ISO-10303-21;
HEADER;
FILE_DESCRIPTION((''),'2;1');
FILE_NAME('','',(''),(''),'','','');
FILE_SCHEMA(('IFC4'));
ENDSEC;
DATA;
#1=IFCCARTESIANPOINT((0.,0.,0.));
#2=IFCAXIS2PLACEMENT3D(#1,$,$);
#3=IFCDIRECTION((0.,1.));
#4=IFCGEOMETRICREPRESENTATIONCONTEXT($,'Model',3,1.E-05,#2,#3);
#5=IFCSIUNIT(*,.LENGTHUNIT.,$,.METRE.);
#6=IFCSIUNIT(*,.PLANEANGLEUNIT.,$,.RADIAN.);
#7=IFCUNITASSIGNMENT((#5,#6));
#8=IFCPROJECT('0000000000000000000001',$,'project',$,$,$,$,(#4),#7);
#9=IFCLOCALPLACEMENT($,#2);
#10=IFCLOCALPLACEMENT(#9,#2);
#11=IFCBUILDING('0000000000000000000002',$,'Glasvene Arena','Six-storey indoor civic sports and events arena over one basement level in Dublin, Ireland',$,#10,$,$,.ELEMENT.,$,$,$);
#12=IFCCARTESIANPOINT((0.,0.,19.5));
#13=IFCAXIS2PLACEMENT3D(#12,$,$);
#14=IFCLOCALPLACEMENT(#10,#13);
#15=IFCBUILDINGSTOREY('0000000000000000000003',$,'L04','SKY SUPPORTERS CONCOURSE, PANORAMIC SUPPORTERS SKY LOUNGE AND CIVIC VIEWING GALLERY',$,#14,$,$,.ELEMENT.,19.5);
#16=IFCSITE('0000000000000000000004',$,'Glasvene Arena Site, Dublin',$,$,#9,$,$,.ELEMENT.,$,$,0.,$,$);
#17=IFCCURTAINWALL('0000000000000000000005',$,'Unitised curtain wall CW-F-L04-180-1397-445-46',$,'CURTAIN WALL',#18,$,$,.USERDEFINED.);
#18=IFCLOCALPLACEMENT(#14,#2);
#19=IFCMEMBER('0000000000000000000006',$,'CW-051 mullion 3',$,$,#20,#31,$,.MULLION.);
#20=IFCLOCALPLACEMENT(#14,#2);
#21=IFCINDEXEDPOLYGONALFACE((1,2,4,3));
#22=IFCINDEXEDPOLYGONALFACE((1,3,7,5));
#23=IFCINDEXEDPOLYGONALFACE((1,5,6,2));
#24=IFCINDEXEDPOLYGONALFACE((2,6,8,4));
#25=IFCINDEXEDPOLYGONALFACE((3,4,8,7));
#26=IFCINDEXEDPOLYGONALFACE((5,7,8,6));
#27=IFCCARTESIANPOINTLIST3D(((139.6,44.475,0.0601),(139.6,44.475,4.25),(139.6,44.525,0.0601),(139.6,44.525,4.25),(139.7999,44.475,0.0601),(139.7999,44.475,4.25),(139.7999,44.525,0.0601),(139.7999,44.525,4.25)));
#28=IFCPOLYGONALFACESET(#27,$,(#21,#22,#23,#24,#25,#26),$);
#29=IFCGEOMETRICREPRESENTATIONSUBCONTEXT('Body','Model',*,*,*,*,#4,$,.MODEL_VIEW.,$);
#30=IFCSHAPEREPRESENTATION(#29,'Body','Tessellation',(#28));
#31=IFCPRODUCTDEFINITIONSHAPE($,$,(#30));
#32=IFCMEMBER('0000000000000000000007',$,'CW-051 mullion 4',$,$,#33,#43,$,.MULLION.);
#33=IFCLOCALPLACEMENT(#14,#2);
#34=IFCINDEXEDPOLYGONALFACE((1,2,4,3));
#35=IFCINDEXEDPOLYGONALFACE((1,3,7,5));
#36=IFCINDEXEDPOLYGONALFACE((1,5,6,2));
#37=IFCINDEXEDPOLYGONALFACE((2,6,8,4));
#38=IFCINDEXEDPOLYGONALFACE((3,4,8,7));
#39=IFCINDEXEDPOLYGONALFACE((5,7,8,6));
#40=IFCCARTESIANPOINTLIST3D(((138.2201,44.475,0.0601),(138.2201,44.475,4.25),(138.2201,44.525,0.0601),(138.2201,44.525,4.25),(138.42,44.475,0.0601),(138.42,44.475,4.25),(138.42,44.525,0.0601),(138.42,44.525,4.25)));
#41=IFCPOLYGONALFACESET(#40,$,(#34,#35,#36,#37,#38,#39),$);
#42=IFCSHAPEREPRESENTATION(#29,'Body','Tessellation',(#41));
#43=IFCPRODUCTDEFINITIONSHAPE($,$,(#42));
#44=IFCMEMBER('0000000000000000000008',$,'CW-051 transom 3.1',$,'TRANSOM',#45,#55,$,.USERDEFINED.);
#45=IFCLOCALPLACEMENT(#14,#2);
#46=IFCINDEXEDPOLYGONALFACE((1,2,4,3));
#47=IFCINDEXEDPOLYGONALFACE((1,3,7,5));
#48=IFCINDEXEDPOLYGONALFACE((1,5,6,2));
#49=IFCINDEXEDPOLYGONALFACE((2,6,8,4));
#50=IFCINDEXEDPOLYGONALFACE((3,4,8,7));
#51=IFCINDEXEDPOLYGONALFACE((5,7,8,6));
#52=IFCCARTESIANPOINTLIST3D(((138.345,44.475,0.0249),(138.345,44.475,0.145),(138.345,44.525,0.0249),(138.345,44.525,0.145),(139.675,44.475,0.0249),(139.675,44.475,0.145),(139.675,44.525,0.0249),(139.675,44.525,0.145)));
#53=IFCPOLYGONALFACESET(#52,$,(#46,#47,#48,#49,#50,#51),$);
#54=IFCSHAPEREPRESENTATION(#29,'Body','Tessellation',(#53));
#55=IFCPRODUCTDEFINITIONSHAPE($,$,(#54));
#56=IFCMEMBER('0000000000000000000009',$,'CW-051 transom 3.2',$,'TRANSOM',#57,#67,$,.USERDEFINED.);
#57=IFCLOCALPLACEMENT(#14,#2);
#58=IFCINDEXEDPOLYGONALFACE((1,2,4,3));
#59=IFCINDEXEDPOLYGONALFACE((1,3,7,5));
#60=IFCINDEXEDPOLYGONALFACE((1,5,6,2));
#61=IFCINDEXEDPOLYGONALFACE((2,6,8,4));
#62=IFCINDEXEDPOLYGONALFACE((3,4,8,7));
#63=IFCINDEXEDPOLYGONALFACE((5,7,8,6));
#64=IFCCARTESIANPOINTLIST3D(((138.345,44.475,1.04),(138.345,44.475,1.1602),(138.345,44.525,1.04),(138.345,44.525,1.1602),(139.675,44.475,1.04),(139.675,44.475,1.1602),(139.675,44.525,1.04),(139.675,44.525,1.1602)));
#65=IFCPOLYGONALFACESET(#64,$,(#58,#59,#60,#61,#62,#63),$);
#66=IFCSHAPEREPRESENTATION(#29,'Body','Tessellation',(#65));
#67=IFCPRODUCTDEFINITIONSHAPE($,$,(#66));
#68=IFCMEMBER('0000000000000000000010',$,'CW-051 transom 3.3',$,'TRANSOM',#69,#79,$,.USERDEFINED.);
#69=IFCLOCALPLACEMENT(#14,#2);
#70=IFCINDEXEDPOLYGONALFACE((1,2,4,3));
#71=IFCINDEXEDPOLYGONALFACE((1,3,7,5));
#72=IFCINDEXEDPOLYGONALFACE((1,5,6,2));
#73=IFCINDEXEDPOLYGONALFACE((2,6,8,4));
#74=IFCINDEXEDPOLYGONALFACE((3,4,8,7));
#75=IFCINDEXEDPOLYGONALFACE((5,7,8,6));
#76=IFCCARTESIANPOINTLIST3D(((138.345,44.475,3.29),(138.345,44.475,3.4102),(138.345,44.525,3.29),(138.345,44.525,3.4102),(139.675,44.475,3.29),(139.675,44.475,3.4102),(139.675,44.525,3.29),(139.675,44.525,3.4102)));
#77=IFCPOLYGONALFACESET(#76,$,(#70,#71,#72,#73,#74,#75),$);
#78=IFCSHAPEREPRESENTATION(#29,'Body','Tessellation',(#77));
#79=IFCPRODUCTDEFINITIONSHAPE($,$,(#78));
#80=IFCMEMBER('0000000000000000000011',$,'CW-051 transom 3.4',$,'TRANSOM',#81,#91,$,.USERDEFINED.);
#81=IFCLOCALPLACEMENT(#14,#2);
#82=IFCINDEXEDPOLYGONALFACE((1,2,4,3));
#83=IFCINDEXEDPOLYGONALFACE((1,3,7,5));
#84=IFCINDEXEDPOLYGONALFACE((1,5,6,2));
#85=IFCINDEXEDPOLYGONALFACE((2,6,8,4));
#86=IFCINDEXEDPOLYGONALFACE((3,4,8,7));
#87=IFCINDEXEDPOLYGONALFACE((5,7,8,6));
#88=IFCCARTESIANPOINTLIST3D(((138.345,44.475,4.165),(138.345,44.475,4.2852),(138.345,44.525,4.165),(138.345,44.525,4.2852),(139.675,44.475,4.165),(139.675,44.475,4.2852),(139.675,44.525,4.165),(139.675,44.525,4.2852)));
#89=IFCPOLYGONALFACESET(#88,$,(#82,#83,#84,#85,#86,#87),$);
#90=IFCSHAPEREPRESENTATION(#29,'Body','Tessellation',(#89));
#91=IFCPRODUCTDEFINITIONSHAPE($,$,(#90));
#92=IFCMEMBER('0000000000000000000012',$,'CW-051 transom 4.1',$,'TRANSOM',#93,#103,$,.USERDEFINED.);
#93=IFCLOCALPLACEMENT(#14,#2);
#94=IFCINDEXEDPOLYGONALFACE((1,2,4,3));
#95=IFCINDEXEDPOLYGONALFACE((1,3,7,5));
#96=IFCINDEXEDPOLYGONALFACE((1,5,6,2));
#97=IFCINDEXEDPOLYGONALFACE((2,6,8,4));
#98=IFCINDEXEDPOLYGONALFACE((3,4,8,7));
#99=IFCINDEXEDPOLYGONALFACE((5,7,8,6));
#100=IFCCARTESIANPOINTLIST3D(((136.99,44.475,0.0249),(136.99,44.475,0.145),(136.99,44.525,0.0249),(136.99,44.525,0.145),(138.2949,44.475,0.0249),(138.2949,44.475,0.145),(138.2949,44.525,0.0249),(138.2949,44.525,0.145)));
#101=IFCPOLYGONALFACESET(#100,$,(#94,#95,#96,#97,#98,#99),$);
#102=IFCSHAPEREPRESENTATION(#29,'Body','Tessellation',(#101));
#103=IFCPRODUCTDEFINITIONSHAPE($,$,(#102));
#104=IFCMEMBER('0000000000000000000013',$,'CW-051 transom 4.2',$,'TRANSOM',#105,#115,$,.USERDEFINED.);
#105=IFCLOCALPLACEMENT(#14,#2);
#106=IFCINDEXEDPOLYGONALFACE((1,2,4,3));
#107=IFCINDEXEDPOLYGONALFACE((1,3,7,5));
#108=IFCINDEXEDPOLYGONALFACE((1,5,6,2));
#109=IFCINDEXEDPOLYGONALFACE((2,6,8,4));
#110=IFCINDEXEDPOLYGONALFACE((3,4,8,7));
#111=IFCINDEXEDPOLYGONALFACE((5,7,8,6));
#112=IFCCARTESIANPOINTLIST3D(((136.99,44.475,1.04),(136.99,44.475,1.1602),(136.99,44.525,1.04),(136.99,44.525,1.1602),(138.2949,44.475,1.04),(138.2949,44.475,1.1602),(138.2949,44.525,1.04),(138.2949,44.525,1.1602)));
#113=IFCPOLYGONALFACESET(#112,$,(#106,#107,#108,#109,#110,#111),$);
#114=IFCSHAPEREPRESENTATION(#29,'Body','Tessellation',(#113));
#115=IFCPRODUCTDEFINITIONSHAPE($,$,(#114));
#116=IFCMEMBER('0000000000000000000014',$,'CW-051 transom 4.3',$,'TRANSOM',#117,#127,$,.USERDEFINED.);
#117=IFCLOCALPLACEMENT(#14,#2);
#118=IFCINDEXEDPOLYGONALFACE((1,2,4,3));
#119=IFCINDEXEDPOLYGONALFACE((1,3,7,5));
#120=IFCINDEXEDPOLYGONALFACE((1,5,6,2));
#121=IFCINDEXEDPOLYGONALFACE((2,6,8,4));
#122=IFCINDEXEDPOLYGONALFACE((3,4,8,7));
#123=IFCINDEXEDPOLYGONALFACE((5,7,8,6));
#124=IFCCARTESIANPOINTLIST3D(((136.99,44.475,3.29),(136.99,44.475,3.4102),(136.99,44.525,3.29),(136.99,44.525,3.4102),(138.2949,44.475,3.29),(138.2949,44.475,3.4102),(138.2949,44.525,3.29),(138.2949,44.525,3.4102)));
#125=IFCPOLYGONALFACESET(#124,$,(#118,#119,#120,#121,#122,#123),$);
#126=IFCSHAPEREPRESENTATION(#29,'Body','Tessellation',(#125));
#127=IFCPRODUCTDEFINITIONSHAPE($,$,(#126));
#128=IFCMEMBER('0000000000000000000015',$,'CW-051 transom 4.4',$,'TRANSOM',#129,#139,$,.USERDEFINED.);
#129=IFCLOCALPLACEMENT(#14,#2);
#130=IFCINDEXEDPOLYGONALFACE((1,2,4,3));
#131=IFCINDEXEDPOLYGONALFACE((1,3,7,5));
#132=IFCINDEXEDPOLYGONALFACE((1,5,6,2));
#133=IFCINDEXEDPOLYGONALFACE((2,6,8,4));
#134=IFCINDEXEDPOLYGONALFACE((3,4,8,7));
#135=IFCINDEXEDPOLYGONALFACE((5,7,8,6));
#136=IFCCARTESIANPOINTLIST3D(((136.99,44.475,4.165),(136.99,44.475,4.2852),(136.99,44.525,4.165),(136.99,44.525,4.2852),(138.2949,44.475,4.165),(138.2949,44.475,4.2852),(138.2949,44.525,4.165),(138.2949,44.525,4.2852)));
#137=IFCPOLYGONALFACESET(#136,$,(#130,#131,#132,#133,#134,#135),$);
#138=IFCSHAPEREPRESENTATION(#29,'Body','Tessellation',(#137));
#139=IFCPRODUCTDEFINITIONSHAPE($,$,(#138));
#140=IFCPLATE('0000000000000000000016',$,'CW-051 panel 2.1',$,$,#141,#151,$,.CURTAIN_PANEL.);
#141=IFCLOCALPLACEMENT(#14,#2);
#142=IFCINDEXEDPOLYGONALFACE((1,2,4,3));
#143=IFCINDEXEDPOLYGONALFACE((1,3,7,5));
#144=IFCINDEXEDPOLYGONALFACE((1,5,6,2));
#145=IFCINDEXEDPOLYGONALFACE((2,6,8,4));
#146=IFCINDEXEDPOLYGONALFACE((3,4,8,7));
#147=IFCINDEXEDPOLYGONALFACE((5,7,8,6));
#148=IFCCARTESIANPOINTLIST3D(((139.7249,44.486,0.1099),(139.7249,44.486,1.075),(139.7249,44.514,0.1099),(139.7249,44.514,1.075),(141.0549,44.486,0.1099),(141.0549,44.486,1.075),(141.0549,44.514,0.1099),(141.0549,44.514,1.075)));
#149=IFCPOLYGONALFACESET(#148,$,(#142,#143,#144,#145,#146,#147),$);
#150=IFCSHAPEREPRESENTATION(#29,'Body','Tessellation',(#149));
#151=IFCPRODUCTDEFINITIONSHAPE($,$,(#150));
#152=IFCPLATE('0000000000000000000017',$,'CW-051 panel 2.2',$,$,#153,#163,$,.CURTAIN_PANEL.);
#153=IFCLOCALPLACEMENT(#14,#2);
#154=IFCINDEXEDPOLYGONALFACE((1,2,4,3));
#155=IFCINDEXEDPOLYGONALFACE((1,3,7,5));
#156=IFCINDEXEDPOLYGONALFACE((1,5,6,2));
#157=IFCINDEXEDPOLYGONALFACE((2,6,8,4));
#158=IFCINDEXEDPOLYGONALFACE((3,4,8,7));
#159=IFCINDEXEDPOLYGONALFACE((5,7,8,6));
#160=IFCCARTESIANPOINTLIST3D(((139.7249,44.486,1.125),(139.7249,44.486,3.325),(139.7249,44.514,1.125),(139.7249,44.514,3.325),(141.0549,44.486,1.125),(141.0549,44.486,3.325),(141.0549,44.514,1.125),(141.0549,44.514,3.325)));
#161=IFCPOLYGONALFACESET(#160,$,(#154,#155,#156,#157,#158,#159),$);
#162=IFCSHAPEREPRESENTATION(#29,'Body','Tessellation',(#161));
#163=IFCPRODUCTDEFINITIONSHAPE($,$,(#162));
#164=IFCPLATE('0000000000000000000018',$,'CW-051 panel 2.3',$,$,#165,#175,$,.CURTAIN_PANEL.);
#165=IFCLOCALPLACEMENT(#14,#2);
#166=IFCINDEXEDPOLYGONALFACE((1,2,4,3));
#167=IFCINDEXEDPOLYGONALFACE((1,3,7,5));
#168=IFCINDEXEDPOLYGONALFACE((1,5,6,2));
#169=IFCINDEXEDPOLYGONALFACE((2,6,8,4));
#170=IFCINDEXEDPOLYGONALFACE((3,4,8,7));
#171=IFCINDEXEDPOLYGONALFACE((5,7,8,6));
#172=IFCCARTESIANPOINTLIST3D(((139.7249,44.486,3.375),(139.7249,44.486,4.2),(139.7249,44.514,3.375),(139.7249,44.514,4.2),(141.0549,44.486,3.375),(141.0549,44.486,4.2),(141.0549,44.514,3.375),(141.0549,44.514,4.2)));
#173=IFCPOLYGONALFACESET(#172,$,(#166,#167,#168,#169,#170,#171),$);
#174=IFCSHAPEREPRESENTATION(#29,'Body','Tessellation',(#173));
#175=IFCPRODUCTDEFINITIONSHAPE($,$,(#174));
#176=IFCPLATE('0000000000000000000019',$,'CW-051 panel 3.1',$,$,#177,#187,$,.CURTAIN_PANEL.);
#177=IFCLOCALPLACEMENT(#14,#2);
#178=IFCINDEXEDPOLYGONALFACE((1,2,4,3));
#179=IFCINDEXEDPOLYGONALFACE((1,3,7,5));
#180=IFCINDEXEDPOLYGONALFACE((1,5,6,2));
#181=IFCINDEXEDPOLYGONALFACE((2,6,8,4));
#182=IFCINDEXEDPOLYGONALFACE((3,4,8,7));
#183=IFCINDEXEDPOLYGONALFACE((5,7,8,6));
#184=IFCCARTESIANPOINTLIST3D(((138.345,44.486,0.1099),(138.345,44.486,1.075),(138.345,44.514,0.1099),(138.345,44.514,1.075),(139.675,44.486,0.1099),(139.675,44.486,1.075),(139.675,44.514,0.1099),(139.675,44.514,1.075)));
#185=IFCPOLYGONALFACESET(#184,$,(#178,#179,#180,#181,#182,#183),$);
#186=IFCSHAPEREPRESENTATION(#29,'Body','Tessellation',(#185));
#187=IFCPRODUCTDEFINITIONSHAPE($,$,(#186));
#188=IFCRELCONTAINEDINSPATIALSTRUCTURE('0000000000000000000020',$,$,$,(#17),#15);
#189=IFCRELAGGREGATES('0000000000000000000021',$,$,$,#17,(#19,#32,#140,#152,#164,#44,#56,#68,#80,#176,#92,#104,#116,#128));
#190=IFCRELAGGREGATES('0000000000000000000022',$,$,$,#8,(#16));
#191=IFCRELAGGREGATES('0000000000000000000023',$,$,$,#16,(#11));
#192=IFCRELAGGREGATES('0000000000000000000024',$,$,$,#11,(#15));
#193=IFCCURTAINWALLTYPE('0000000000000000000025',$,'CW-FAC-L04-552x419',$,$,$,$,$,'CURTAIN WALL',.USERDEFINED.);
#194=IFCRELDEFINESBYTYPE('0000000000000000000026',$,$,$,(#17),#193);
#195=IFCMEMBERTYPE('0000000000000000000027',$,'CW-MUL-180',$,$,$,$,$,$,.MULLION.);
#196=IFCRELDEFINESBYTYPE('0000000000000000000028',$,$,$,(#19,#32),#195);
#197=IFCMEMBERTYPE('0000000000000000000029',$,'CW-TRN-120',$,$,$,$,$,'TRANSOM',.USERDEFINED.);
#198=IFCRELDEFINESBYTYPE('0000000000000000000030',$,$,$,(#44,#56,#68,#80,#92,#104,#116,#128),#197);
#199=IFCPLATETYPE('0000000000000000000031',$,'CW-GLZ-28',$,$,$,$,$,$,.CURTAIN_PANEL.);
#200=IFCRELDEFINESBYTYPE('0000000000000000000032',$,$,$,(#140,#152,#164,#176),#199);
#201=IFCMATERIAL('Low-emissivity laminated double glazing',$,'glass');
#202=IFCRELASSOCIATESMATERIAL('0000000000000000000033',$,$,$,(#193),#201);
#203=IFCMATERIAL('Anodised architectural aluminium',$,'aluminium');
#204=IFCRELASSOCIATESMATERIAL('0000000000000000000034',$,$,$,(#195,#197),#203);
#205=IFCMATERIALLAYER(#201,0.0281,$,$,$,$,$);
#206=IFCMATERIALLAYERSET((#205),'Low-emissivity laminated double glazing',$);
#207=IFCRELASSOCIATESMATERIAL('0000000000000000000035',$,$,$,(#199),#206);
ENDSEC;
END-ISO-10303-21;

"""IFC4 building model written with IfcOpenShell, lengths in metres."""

from ifc_helpers import new_model, si_unit, direction, frame, origin, origin_2d, place, context, subcontext, project, spatial, rectangle, extrude, material, layer, layer_set, material_profile, profile_set, type_object, element, aggregate, save


model = new_model("IFC4")

# Units and contexts
model_context = context("Model", 3, precision=1e-05, world=origin(), true_north=direction((0.0, 1.0)))
body_context = subcontext(model_context, "Body", "Model", "MODEL_VIEW")
ifc_project = project(units=[si_unit("LENGTHUNIT", "METRE"), si_unit("PLANEANGLEUNIT", "RADIAN")], contexts=[model_context])

# Site, building, storey
site_placement = place(None, origin())
site = spatial("IfcSite", under=ifc_project, at=site_placement, Name="Glasvene Arena Site, Dublin", CompositionType="ELEMENT", RefElevation=0.0)
building_placement = place(site_placement, origin())
building = spatial("IfcBuilding", under=site, at=building_placement, Name="Glasvene Arena", Description="Six-storey indoor civic sports and events arena over one basement level in Dublin, Ireland", CompositionType="ELEMENT")
storey_placement = place(building_placement, frame((0.0, 0.0, 19.5)))
storey = spatial("IfcBuildingStorey", under=building, at=storey_placement, Name="L04", Description="SKY SUPPORTERS CONCOURSE, PANORAMIC SUPPORTERS SKY LOUNGE AND CIVIC VIEWING GALLERY", CompositionType="ELEMENT", Elevation=19.5)

# Curtain wall, members, plates
ifc_material_1 = material(Name="Low-emissivity laminated double glazing", Category="glass")
curtain_wall_type = type_object("IfcCurtainWallType", Name="CW-FAC-L04-552x419", ElementType="CURTAIN WALL", PredefinedType="USERDEFINED", material=ifc_material_1)
curtain_wall_placement = place(storey_placement, frame((142.46, 44.5, 0.0)))
curtain_wall = element("IfcCurtainWall", 1, at=curtain_wall_placement, inside=storey, type_object=curtain_wall_type, Name="Unitised curtain wall CW-F-L04-180-1397-445-46", ObjectType="CURTAIN WALL", PredefinedType="USERDEFINED")
ifc_material_2 = material(Name="Anodised architectural aluminium", Category="aluminium")
ifc_material_profile_1 = material_profile(ifc_material_2, rectangle(XDim=0.05, YDim=0.2, at=origin_2d()), Name="ALU MULLION 50x200")
ifc_profile_set_1 = profile_set([ifc_material_profile_1], Name="Anodised architectural aluminium")
member_type_1 = type_object("IfcMemberType", Name="CW-MUL-180", PredefinedType="MULLION", material=ifc_profile_set_1)
member_1_placement = place(storey_placement, frame((139.7, 44.5, 0.0601), z_axis=(0.0, 0.0, 1.0), x_axis=(0.0, -1.0, 0.0)))
member_1 = element("IfcMember", 2, at=member_1_placement, type_object=member_type_1, Name="CW-051 mullion 3", PredefinedType="MULLION", context=body_context, shape_type="SweptSolid", body=[
    extrude(rectangle(XDim=0.05, YDim=0.2, at=origin_2d()), origin(), (0.0, 0.0, 1.0), 4.1899),
])
member_2_placement = place(storey_placement, frame((138.3201, 44.5, 0.0601), z_axis=(0.0, 0.0, 1.0), x_axis=(0.0, -1.0, 0.0)))
member_2 = element("IfcMember", 3, at=member_2_placement, type_object=member_type_1, Name="CW-051 mullion 4", PredefinedType="MULLION", context=body_context, shape_type="SweptSolid", body=[
    extrude(rectangle(XDim=0.05, YDim=0.2, at=origin_2d()), origin(), (0.0, 0.0, 1.0), 4.1899),
])
ifc_material_profile_2 = material_profile(ifc_material_2, rectangle(XDim=0.05, YDim=0.1201, at=origin_2d()), Name="ALU TRANSOM 50x120")
ifc_profile_set_2 = profile_set([ifc_material_profile_2], Name="Anodised architectural aluminium")
member_type_2 = type_object("IfcMemberType", Name="CW-TRN-120", ElementType="TRANSOM", PredefinedType="USERDEFINED", material=ifc_profile_set_2)
member_3_placement = place(storey_placement, frame((139.675, 44.5, 0.085), z_axis=(-1.0, 0.0, 0.0), x_axis=(0.0, -1.0, 0.0)))
member_3 = element("IfcMember", 4, at=member_3_placement, type_object=member_type_2, Name="CW-051 transom 3.1", ObjectType="TRANSOM", PredefinedType="USERDEFINED", context=body_context, shape_type="SweptSolid", body=[
    extrude(rectangle(XDim=0.05, YDim=0.1201, at=origin_2d()), origin(), (0.0, 0.0, 1.0), 1.3301),
])
member_4_placement = place(storey_placement, frame((139.675, 44.5, 1.1001), z_axis=(-1.0, 0.0, 0.0), x_axis=(0.0, -1.0, 0.0)))
member_4 = element("IfcMember", 5, at=member_4_placement, type_object=member_type_2, Name="CW-051 transom 3.2", ObjectType="TRANSOM", PredefinedType="USERDEFINED", context=body_context, shape_type="SweptSolid", body=[
    extrude(rectangle(XDim=0.05, YDim=0.1201, at=origin_2d()), origin(), (0.0, 0.0, 1.0), 1.3301),
])
member_5_placement = place(storey_placement, frame((139.675, 44.5, 3.3501), z_axis=(-1.0, 0.0, 0.0), x_axis=(0.0, -1.0, 0.0)))
member_5 = element("IfcMember", 6, at=member_5_placement, type_object=member_type_2, Name="CW-051 transom 3.3", ObjectType="TRANSOM", PredefinedType="USERDEFINED", context=body_context, shape_type="SweptSolid", body=[
    extrude(rectangle(XDim=0.05, YDim=0.1201, at=origin_2d()), origin(), (0.0, 0.0, 1.0), 1.3301),
])
member_6_placement = place(storey_placement, frame((139.675, 44.5, 4.2251), z_axis=(-1.0, 0.0, 0.0), x_axis=(0.0, -1.0, 0.0)))
member_6 = element("IfcMember", 7, at=member_6_placement, type_object=member_type_2, Name="CW-051 transom 3.4", ObjectType="TRANSOM", PredefinedType="USERDEFINED", context=body_context, shape_type="SweptSolid", body=[
    extrude(rectangle(XDim=0.05, YDim=0.1201, at=origin_2d()), origin(), (0.0, 0.0, 1.0), 1.3301),
])
member_7_placement = place(storey_placement, frame((138.2949, 44.5, 0.085), z_axis=(-1.0, 0.0, 0.0), x_axis=(0.0, -1.0, 0.0)))
member_7 = element("IfcMember", 8, at=member_7_placement, type_object=member_type_2, Name="CW-051 transom 4.1", ObjectType="TRANSOM", PredefinedType="USERDEFINED", context=body_context, shape_type="SweptSolid", body=[
    extrude(rectangle(XDim=0.05, YDim=0.1201, at=origin_2d()), origin(), (0.0, 0.0, 1.0), 1.3049),
])
member_8_placement = place(storey_placement, frame((138.2949, 44.5, 1.1001), z_axis=(-1.0, 0.0, 0.0), x_axis=(0.0, -1.0, 0.0)))
member_8 = element("IfcMember", 9, at=member_8_placement, type_object=member_type_2, Name="CW-051 transom 4.2", ObjectType="TRANSOM", PredefinedType="USERDEFINED", context=body_context, shape_type="SweptSolid", body=[
    extrude(rectangle(XDim=0.05, YDim=0.1201, at=origin_2d()), origin(), (0.0, 0.0, 1.0), 1.3049),
])
member_9_placement = place(storey_placement, frame((138.2949, 44.5, 3.3501), z_axis=(-1.0, 0.0, 0.0), x_axis=(0.0, -1.0, 0.0)))
member_9 = element("IfcMember", 10, at=member_9_placement, type_object=member_type_2, Name="CW-051 transom 4.3", ObjectType="TRANSOM", PredefinedType="USERDEFINED", context=body_context, shape_type="SweptSolid", body=[
    extrude(rectangle(XDim=0.05, YDim=0.1201, at=origin_2d()), origin(), (0.0, 0.0, 1.0), 1.3049),
])
member_10_placement = place(storey_placement, frame((138.2949, 44.5, 4.2251), z_axis=(-1.0, 0.0, 0.0), x_axis=(0.0, -1.0, 0.0)))
member_10 = element("IfcMember", 11, at=member_10_placement, type_object=member_type_2, Name="CW-051 transom 4.4", ObjectType="TRANSOM", PredefinedType="USERDEFINED", context=body_context, shape_type="SweptSolid", body=[
    extrude(rectangle(XDim=0.05, YDim=0.1201, at=origin_2d()), origin(), (0.0, 0.0, 1.0), 1.3049),
])
ifc_layer = layer(ifc_material_1, 0.0281)
ifc_layer_set = layer_set([ifc_layer], Name="Low-emissivity laminated double glazing")
plate_type = type_object("IfcPlateType", Name="CW-GLZ-28", PredefinedType="CURTAIN_PANEL", material=ifc_layer_set)
plate_1_placement = place(storey_placement, frame((140.3899, 44.5, 0.1099), z_axis=(0.0, 0.0, 1.0), x_axis=(-1.0, 0.0, 0.0)))
plate_1 = element("IfcPlate", 12, at=plate_1_placement, type_object=plate_type, Name="CW-051 panel 2.1", PredefinedType="CURTAIN_PANEL", context=body_context, shape_type="SweptSolid", body=[
    extrude(rectangle(XDim=1.3301, YDim=0.0281, at=origin_2d()), origin(), (0.0, 0.0, 1.0), 0.9651),
])
plate_2_placement = place(storey_placement, frame((140.3899, 44.5, 1.125), z_axis=(0.0, 0.0, 1.0), x_axis=(-1.0, 0.0, 0.0)))
plate_2 = element("IfcPlate", 13, at=plate_2_placement, type_object=plate_type, Name="CW-051 panel 2.2", PredefinedType="CURTAIN_PANEL", context=body_context, shape_type="SweptSolid", body=[
    extrude(rectangle(XDim=1.3301, YDim=0.0281, at=origin_2d()), origin(), (0.0, 0.0, 1.0), 2.2),
])
plate_3_placement = place(storey_placement, frame((140.3899, 44.5, 3.375), z_axis=(0.0, 0.0, 1.0), x_axis=(-1.0, 0.0, 0.0)))
plate_3 = element("IfcPlate", 14, at=plate_3_placement, type_object=plate_type, Name="CW-051 panel 2.3", PredefinedType="CURTAIN_PANEL", context=body_context, shape_type="SweptSolid", body=[
    extrude(rectangle(XDim=1.3301, YDim=0.0281, at=origin_2d()), origin(), (0.0, 0.0, 1.0), 0.825),
])
plate_4_placement = place(storey_placement, frame((139.01, 44.5, 0.1099), z_axis=(0.0, 0.0, 1.0), x_axis=(-1.0, 0.0, 0.0)))
plate_4 = element("IfcPlate", 15, at=plate_4_placement, type_object=plate_type, Name="CW-051 panel 3.1", PredefinedType="CURTAIN_PANEL", context=body_context, shape_type="SweptSolid", body=[
    extrude(rectangle(XDim=1.3301, YDim=0.0281, at=origin_2d()), origin(), (0.0, 0.0, 1.0), 0.9651),
])
aggregate(curtain_wall, [member_1, member_2, plate_1, plate_2, plate_3, member_3, member_4, member_5, member_6, plate_4, member_7, member_8, member_9, member_10])

save(model, "model.ifc")
